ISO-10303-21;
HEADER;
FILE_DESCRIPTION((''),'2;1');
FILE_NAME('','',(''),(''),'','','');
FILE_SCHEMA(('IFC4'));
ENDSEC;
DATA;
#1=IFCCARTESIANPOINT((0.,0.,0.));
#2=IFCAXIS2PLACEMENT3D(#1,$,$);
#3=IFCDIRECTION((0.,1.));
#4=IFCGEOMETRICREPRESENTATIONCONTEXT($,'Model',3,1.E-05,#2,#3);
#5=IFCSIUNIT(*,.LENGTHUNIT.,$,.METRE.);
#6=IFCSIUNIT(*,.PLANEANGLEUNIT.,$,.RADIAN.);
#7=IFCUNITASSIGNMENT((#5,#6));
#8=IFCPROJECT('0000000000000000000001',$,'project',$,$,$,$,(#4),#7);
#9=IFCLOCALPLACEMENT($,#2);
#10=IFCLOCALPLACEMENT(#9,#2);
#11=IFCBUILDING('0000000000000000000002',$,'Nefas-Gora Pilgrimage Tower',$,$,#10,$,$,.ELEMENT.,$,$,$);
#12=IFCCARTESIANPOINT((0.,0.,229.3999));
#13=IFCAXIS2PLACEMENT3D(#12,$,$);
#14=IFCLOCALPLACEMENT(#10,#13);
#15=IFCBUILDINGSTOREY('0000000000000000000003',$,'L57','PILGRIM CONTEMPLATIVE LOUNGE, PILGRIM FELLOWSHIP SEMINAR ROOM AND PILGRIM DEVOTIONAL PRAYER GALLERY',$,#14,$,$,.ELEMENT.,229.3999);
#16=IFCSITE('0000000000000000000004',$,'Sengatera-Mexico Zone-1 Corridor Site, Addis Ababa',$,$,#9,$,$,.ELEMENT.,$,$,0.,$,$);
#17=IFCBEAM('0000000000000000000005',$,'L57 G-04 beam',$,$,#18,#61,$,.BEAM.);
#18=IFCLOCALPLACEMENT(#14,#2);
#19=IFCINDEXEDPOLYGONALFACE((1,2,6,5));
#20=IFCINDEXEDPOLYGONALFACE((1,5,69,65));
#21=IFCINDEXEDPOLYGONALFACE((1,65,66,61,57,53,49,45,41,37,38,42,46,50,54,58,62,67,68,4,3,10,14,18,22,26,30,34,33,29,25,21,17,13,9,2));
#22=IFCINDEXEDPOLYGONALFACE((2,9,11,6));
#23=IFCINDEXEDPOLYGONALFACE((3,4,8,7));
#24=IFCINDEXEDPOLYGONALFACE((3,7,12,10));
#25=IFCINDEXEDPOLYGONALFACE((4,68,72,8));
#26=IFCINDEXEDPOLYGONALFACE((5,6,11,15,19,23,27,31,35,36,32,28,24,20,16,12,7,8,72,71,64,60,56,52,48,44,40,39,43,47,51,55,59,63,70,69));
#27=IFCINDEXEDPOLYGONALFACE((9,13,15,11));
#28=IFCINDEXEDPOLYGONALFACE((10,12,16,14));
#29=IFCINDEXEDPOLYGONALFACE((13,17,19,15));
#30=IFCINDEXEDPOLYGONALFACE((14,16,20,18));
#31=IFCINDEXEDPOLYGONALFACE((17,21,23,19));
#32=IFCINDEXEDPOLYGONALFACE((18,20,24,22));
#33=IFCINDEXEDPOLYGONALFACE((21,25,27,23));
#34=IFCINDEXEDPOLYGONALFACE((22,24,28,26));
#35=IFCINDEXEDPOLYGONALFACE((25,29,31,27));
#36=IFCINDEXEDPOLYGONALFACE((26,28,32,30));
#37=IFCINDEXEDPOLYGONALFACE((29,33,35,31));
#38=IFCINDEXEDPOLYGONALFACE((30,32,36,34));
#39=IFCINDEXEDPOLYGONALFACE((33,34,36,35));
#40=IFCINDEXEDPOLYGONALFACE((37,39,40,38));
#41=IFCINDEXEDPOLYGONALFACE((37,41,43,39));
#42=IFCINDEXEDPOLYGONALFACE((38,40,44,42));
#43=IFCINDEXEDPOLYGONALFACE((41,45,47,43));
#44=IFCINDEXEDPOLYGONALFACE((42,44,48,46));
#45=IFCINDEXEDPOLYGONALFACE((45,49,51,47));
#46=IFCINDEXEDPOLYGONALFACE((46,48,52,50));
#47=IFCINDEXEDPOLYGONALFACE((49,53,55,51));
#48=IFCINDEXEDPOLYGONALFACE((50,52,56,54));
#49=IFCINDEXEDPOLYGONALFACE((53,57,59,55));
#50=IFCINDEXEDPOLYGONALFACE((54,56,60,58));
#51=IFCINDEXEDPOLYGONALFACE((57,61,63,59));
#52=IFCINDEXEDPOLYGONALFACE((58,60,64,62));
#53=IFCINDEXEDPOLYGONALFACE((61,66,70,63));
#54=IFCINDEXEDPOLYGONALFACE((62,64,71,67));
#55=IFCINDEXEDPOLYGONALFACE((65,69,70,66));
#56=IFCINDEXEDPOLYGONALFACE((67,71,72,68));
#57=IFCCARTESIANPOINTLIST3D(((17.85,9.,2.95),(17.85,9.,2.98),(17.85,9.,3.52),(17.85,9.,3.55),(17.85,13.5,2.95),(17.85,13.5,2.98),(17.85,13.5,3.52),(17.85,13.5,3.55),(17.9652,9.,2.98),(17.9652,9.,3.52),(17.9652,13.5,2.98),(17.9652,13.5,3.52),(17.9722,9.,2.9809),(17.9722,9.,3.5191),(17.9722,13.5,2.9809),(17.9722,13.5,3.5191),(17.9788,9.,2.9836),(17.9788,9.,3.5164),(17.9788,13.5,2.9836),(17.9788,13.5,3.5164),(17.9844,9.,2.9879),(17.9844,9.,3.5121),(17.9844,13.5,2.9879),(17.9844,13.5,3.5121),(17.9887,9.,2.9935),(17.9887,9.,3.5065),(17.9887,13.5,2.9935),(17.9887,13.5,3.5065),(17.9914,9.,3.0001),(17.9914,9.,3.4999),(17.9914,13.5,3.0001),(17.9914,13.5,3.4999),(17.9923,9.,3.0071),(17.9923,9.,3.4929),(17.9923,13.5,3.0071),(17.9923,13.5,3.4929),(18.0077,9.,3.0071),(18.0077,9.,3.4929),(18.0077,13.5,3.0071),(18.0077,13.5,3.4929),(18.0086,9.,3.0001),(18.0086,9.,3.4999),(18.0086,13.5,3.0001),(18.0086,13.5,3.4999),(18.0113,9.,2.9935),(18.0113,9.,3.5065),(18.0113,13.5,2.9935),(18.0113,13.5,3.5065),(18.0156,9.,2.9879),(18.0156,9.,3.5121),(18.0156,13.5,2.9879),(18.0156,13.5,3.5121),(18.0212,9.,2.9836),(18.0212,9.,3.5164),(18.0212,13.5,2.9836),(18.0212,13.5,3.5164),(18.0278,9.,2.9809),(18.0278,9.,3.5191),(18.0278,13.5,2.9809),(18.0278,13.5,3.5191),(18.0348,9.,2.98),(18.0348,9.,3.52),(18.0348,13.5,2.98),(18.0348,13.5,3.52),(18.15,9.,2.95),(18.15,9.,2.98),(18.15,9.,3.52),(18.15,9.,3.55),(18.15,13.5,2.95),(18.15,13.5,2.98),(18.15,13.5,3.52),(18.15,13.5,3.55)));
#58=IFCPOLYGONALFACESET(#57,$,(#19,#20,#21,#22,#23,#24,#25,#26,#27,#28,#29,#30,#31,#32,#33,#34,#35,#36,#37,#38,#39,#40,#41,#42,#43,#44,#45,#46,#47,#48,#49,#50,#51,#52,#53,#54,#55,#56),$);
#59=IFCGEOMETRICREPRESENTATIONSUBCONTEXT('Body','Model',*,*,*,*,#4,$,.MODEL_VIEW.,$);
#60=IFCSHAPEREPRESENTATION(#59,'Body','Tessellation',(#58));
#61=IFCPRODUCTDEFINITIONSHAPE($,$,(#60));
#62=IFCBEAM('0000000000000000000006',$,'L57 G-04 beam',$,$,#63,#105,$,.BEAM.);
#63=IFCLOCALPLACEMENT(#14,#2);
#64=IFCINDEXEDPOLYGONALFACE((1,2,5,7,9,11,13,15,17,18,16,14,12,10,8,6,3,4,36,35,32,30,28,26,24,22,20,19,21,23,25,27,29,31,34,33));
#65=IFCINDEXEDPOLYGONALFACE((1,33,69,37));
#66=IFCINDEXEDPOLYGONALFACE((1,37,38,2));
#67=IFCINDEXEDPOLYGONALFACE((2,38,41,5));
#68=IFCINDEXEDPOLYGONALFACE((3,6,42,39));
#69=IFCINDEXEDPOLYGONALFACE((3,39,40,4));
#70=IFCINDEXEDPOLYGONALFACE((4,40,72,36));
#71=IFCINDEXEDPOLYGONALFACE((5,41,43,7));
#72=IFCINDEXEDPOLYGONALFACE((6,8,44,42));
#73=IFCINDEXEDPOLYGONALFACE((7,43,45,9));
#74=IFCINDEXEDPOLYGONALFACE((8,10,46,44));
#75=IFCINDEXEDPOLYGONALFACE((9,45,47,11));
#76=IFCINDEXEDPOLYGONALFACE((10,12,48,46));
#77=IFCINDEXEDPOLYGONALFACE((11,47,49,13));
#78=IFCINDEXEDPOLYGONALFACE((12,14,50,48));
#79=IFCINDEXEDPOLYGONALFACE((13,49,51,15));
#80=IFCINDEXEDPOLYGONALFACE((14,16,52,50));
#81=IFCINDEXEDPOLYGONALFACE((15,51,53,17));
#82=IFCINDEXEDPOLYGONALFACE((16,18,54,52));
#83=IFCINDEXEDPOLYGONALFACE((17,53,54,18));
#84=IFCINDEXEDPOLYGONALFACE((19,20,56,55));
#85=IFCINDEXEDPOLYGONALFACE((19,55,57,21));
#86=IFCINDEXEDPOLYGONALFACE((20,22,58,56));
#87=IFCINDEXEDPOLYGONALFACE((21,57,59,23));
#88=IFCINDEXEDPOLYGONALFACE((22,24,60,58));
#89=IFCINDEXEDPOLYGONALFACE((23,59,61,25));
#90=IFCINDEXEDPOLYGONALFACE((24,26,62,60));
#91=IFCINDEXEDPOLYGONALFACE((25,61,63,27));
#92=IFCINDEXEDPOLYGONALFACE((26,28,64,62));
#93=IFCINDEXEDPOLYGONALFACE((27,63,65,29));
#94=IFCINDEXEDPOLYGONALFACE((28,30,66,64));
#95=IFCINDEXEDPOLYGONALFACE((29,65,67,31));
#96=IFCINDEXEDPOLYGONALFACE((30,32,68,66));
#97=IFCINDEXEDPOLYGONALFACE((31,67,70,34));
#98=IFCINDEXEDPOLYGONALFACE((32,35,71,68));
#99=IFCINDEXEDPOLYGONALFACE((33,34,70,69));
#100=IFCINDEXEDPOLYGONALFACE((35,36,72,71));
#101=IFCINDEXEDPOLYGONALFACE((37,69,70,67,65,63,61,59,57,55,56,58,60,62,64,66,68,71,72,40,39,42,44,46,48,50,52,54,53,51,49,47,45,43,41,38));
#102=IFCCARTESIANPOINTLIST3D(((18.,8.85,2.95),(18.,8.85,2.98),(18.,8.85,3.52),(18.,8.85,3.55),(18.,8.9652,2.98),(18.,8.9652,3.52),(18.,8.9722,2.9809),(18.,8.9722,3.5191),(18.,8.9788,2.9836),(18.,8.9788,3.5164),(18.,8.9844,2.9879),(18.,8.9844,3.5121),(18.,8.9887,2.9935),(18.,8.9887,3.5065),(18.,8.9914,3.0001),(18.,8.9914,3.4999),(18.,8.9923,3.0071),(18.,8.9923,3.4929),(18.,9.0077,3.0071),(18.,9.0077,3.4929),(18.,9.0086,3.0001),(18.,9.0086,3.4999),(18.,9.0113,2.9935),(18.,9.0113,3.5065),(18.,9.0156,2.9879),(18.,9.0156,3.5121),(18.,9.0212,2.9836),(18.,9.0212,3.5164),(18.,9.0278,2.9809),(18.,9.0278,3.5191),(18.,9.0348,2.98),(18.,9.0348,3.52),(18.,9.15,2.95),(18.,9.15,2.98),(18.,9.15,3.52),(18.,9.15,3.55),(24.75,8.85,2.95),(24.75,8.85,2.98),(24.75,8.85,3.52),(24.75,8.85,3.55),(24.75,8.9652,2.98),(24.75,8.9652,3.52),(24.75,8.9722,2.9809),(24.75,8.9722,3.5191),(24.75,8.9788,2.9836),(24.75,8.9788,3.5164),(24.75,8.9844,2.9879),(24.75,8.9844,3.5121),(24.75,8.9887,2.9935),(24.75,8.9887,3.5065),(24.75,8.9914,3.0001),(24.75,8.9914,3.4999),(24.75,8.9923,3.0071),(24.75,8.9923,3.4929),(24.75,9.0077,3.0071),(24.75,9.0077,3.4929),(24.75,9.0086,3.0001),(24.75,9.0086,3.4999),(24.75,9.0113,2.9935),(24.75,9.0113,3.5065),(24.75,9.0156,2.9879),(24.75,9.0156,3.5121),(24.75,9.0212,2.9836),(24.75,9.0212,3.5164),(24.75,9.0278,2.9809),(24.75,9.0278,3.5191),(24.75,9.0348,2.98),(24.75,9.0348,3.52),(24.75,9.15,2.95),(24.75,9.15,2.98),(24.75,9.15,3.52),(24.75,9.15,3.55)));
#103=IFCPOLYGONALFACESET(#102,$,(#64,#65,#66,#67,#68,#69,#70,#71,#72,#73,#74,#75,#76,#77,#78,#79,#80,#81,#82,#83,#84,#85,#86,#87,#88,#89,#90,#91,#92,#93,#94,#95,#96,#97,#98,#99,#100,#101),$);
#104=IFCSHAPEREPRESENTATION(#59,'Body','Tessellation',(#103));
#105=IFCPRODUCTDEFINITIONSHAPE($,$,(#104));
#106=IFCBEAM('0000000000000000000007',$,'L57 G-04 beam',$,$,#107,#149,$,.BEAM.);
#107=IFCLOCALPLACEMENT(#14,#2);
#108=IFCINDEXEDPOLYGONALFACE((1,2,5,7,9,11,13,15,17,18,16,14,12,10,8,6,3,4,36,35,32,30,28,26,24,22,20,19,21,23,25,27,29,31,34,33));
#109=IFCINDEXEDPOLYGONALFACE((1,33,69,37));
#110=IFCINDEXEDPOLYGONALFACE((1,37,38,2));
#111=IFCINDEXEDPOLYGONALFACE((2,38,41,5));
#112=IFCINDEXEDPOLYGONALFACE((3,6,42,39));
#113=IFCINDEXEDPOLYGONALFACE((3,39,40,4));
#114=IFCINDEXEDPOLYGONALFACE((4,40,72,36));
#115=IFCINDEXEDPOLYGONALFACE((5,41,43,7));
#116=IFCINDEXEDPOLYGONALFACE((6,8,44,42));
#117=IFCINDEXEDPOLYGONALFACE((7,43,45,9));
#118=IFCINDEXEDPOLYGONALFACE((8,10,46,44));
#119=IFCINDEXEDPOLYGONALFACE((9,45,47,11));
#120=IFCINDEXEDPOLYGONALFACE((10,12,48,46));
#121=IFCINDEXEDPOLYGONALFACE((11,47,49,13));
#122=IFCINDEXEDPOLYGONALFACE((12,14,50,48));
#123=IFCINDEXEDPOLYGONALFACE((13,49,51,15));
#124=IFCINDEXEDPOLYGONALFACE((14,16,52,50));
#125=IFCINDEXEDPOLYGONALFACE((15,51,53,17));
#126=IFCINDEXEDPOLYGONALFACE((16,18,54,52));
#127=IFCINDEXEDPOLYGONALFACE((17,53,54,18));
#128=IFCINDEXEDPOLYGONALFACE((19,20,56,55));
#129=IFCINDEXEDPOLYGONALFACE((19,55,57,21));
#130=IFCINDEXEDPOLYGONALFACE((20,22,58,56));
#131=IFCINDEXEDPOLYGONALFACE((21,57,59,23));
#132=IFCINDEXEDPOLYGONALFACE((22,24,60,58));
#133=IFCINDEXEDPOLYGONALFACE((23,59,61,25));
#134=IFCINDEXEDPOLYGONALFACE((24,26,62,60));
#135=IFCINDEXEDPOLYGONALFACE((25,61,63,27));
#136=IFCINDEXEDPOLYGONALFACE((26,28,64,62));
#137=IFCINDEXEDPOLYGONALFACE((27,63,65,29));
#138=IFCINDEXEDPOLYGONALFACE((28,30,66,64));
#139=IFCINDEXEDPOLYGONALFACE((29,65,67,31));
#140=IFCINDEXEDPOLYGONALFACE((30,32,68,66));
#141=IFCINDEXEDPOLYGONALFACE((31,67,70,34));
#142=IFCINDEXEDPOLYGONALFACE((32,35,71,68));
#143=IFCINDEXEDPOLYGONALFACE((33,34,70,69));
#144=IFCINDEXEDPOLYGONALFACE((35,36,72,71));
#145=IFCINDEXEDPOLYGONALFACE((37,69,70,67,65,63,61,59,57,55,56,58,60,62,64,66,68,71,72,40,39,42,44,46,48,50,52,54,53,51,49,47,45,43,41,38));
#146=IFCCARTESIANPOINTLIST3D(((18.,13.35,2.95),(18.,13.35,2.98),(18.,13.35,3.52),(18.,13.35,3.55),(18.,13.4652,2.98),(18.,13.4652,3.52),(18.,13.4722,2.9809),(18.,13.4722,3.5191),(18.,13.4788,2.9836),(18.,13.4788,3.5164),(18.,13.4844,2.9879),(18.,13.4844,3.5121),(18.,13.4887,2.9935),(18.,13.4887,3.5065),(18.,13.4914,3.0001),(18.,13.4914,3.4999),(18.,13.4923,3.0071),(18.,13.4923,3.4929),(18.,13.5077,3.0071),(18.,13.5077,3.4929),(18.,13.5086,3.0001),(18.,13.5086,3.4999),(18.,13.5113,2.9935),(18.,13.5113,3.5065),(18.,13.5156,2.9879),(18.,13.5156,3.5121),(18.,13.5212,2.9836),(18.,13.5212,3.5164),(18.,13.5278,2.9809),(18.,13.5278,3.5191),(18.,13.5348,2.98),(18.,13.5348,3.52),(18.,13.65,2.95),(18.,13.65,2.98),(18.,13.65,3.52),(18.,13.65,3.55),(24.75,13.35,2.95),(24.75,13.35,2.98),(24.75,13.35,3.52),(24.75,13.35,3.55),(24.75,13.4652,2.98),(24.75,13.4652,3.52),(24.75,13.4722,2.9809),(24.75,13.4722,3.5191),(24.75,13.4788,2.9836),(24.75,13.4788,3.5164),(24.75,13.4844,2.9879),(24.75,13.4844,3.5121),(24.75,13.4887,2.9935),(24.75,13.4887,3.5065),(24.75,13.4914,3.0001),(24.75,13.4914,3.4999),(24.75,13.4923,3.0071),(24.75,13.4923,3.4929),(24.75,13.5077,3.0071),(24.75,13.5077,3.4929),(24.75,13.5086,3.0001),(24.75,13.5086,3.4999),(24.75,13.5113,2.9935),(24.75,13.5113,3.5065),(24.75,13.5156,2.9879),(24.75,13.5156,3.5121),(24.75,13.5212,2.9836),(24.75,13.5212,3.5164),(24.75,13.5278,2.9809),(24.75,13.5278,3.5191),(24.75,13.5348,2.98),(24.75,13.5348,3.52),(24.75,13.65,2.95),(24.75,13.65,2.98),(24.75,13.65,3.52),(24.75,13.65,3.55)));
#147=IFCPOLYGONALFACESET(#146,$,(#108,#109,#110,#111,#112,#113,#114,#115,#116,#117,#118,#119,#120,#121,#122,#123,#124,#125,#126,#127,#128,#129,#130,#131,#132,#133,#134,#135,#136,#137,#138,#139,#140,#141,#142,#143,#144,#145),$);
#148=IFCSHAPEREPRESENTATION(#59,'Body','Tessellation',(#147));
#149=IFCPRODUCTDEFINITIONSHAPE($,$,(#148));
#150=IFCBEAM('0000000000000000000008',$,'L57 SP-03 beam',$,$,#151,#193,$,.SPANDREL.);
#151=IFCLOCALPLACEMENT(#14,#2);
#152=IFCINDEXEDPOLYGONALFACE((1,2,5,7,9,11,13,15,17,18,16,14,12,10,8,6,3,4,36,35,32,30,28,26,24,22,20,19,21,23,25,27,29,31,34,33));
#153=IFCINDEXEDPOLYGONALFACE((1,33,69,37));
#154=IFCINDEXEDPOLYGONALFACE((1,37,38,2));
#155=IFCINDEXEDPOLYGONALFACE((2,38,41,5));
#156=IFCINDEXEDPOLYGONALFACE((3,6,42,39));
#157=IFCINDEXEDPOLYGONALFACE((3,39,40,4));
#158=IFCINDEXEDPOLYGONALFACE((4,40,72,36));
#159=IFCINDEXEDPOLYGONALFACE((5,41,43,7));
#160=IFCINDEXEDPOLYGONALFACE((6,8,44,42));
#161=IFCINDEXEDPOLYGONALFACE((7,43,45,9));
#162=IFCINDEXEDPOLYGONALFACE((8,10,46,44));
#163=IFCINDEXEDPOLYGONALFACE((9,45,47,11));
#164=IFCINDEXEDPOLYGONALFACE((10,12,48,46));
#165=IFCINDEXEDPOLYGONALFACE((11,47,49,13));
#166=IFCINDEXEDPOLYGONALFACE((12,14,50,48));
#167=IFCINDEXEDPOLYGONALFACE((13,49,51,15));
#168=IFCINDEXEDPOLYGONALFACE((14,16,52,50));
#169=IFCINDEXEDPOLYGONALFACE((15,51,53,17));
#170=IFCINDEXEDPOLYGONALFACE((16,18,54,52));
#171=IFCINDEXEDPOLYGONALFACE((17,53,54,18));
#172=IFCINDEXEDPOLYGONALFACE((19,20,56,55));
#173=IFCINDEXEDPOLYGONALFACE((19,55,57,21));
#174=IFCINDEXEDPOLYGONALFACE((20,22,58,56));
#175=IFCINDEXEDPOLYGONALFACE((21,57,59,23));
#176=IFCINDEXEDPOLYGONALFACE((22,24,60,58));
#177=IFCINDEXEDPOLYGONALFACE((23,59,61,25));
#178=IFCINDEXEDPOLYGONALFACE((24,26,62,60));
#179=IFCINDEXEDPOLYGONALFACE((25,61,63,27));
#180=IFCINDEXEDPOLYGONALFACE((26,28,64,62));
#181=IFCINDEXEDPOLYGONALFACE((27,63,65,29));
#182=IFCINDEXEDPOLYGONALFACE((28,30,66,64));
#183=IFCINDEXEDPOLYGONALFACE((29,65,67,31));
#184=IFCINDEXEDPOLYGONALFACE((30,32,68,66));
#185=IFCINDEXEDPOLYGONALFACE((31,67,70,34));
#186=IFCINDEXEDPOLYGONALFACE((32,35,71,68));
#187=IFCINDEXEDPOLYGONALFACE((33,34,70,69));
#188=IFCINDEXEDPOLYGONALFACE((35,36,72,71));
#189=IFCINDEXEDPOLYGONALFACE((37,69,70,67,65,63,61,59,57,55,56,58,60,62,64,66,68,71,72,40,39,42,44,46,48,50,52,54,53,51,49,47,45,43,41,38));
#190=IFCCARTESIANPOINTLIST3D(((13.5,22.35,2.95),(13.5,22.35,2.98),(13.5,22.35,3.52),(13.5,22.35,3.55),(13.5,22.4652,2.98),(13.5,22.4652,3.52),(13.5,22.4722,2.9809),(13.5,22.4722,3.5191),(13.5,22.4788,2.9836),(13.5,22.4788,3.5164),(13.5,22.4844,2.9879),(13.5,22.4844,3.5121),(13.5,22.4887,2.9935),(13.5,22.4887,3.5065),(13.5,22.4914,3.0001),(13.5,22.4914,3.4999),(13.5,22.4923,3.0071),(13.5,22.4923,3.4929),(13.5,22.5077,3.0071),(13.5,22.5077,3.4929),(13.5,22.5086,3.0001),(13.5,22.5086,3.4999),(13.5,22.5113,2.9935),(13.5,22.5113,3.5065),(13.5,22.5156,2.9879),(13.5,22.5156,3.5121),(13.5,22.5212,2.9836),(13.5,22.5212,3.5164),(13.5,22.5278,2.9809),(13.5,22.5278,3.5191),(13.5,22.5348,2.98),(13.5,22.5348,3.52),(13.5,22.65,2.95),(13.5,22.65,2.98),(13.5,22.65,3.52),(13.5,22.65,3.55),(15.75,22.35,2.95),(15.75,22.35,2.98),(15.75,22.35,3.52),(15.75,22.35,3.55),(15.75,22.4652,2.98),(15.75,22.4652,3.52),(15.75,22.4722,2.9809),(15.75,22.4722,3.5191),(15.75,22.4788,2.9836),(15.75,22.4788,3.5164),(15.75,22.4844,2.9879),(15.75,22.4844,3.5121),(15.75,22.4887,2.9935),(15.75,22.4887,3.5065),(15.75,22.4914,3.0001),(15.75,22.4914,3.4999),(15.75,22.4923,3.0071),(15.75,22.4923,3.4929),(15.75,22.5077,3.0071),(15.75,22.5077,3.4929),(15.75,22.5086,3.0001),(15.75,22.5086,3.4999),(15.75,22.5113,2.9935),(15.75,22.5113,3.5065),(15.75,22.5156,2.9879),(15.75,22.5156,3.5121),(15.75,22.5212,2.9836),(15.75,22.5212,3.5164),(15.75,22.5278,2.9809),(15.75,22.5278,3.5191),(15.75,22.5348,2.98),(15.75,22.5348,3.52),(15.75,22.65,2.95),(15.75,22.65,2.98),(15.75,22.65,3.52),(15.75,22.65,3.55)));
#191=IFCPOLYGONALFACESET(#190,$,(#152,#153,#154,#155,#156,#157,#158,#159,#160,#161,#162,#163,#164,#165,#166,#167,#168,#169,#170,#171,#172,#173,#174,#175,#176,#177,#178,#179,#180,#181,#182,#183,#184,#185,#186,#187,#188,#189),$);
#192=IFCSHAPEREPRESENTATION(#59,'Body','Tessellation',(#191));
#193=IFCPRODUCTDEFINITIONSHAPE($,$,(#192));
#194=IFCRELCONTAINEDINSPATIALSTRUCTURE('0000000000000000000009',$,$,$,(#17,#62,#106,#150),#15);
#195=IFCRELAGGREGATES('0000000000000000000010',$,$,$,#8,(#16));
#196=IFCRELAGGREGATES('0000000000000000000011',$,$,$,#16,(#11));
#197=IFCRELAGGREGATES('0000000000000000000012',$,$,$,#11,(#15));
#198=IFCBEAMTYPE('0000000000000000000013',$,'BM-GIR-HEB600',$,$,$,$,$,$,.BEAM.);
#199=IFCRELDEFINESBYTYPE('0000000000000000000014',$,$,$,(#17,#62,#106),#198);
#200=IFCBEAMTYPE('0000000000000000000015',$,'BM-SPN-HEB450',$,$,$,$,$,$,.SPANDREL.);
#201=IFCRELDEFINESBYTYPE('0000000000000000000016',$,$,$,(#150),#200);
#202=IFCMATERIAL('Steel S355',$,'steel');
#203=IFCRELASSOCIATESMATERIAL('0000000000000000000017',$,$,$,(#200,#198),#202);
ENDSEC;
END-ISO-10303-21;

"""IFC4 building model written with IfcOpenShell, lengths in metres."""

from ifc_helpers import new_model, si_unit, direction, frame, origin, origin_2d, place, context, subcontext, project, spatial, i_section, extrude, source, transform, mapped, material, material_profile, profile_set, type_object, element, save


model = new_model("IFC4")

# Units and contexts
model_context = context("Model", 3, precision=1e-05, world=origin(), true_north=direction((0.0, 1.0)))
body_context = subcontext(model_context, "Body", "Model", "MODEL_VIEW")
ifc_project = project(units=[si_unit("LENGTHUNIT", "METRE"), si_unit("PLANEANGLEUNIT", "RADIAN")], contexts=[model_context])

# Site, building, storey
site_placement = place(None, origin())
site = spatial("IfcSite", under=ifc_project, at=site_placement, Name="Sengatera-Mexico Zone-1 Corridor Site, Addis Ababa", CompositionType="ELEMENT", RefElevation=0.0)
building_placement = place(site_placement, origin())
building = spatial("IfcBuilding", under=site, at=building_placement, Name="Nefas-Gora Pilgrimage Tower", CompositionType="ELEMENT")
storey_placement = place(building_placement, frame((0.0, 0.0, 229.3999)))
storey = spatial("IfcBuildingStorey", under=building, at=storey_placement, Name="L57", Description="PILGRIM CONTEMPLATIVE LOUNGE, PILGRIM FELLOWSHIP SEMINAR ROOM AND PILGRIM DEVOTIONAL PRAYER GALLERY", CompositionType="ELEMENT", Elevation=229.3999)

# Beams
ifc_material_1 = material(Name="Steel S355", Category="steel")
ifc_material_profile_1 = material_profile(ifc_material_1, i_section(OverallWidth=0.3, OverallDepth=0.6001, WebThickness=0.0154, FlangeThickness=0.03, FilletRadius=0.0271, at=origin_2d()), Name="HEB 600")
ifc_profile_set_1 = profile_set([ifc_material_profile_1], Name="Steel S355")
beam_type_1 = type_object("IfcBeamType", Name="BM-SPN-HEB450", PredefinedType="SPANDREL", material=ifc_profile_set_1)
ifc_material_profile_2 = material_profile(ifc_material_1, i_section(OverallWidth=0.3, OverallDepth=0.6001, WebThickness=0.0154, FlangeThickness=0.03, FilletRadius=0.0271, at=origin_2d()), Name="HEB 600")
ifc_profile_set_2 = profile_set([ifc_material_profile_2], Name="Steel S355")
beam_type_2 = type_object("IfcBeamType", Name="BM-GIR-HEB600", PredefinedType="BEAM", material=ifc_profile_set_2)
shared_shape_1 = source(origin(), body_context, "Body", "SweptSolid", [
    extrude(i_section(OverallWidth=0.3, OverallDepth=0.6001, WebThickness=0.0154, FlangeThickness=0.03, FilletRadius=0.0271, at=origin_2d()), origin(), (0.0, 0.0, 1.0), 4.5),
])
beam_1_placement = place(storey_placement, frame((18.0, 9.0, 3.25), z_axis=(0.0, 1.0, 0.0), x_axis=(-1.0, 0.0, 0.0)))
element("IfcBeam", 1, at=beam_1_placement, inside=storey, type_object=beam_type_2, Name="L57 G-04 beam", PredefinedType="BEAM", context=body_context, shape_type="MappedRepresentation", body=[
    mapped(shared_shape_1, transform((0.0, 0.0, 0.0), x_axis=(1.0, 0.0, 0.0), y_axis=(0.0, 1.0, 0.0), z_axis=(0.0, 0.0, 1.0), scale=1.0)),
])
shared_shape_2 = source(origin(), body_context, "Body", "SweptSolid", [
    extrude(i_section(OverallWidth=0.3, OverallDepth=0.6001, WebThickness=0.0154, FlangeThickness=0.03, FilletRadius=0.0271, at=origin_2d()), origin(), (0.0, 0.0, 1.0), 6.75),
])
for number, where, z_axis, x_axis, name in (
    (2, (18.0, 9.0, 3.25), (1.0, 0.0, 0.0), (0.0, 1.0, 0.0), "L57 G-04 beam"),
    (3, (18.0, 13.5, 3.25), (1.0, 0.0, 0.0), (0.0, 1.0, 0.0), "L57 G-04 beam"),
):
    element("IfcBeam", number, at=place(storey_placement, frame(where, z_axis=z_axis, x_axis=x_axis)), inside=storey, type_object=beam_type_2, Name=name, PredefinedType="BEAM", context=body_context, shape_type="MappedRepresentation", body=[
        mapped(shared_shape_2, transform((0.0, 0.0, 0.0), x_axis=(1.0, 0.0, 0.0), y_axis=(0.0, 1.0, 0.0), z_axis=(0.0, 0.0, 1.0), scale=1.0)),
    ])
shared_shape_3 = source(origin(), body_context, "Body", "SweptSolid", [
    extrude(i_section(OverallWidth=0.3, OverallDepth=0.6001, WebThickness=0.0154, FlangeThickness=0.03, FilletRadius=0.0271, at=origin_2d()), origin(), (0.0, 0.0, 1.0), 2.25),
])
beam_2_placement = place(storey_placement, frame((13.5, 22.5, 3.25), z_axis=(1.0, 0.0, 0.0), x_axis=(0.0, 1.0, 0.0)))
element("IfcBeam", 4, at=beam_2_placement, inside=storey, type_object=beam_type_1, Name="L57 SP-03 beam", PredefinedType="SPANDREL", context=body_context, shape_type="MappedRepresentation", body=[
    mapped(shared_shape_3, transform((0.0, 0.0, 0.0), x_axis=(1.0, 0.0, 0.0), y_axis=(0.0, 1.0, 0.0), z_axis=(0.0, 0.0, 1.0), scale=1.0)),
])

save(model, "model.ifc")
